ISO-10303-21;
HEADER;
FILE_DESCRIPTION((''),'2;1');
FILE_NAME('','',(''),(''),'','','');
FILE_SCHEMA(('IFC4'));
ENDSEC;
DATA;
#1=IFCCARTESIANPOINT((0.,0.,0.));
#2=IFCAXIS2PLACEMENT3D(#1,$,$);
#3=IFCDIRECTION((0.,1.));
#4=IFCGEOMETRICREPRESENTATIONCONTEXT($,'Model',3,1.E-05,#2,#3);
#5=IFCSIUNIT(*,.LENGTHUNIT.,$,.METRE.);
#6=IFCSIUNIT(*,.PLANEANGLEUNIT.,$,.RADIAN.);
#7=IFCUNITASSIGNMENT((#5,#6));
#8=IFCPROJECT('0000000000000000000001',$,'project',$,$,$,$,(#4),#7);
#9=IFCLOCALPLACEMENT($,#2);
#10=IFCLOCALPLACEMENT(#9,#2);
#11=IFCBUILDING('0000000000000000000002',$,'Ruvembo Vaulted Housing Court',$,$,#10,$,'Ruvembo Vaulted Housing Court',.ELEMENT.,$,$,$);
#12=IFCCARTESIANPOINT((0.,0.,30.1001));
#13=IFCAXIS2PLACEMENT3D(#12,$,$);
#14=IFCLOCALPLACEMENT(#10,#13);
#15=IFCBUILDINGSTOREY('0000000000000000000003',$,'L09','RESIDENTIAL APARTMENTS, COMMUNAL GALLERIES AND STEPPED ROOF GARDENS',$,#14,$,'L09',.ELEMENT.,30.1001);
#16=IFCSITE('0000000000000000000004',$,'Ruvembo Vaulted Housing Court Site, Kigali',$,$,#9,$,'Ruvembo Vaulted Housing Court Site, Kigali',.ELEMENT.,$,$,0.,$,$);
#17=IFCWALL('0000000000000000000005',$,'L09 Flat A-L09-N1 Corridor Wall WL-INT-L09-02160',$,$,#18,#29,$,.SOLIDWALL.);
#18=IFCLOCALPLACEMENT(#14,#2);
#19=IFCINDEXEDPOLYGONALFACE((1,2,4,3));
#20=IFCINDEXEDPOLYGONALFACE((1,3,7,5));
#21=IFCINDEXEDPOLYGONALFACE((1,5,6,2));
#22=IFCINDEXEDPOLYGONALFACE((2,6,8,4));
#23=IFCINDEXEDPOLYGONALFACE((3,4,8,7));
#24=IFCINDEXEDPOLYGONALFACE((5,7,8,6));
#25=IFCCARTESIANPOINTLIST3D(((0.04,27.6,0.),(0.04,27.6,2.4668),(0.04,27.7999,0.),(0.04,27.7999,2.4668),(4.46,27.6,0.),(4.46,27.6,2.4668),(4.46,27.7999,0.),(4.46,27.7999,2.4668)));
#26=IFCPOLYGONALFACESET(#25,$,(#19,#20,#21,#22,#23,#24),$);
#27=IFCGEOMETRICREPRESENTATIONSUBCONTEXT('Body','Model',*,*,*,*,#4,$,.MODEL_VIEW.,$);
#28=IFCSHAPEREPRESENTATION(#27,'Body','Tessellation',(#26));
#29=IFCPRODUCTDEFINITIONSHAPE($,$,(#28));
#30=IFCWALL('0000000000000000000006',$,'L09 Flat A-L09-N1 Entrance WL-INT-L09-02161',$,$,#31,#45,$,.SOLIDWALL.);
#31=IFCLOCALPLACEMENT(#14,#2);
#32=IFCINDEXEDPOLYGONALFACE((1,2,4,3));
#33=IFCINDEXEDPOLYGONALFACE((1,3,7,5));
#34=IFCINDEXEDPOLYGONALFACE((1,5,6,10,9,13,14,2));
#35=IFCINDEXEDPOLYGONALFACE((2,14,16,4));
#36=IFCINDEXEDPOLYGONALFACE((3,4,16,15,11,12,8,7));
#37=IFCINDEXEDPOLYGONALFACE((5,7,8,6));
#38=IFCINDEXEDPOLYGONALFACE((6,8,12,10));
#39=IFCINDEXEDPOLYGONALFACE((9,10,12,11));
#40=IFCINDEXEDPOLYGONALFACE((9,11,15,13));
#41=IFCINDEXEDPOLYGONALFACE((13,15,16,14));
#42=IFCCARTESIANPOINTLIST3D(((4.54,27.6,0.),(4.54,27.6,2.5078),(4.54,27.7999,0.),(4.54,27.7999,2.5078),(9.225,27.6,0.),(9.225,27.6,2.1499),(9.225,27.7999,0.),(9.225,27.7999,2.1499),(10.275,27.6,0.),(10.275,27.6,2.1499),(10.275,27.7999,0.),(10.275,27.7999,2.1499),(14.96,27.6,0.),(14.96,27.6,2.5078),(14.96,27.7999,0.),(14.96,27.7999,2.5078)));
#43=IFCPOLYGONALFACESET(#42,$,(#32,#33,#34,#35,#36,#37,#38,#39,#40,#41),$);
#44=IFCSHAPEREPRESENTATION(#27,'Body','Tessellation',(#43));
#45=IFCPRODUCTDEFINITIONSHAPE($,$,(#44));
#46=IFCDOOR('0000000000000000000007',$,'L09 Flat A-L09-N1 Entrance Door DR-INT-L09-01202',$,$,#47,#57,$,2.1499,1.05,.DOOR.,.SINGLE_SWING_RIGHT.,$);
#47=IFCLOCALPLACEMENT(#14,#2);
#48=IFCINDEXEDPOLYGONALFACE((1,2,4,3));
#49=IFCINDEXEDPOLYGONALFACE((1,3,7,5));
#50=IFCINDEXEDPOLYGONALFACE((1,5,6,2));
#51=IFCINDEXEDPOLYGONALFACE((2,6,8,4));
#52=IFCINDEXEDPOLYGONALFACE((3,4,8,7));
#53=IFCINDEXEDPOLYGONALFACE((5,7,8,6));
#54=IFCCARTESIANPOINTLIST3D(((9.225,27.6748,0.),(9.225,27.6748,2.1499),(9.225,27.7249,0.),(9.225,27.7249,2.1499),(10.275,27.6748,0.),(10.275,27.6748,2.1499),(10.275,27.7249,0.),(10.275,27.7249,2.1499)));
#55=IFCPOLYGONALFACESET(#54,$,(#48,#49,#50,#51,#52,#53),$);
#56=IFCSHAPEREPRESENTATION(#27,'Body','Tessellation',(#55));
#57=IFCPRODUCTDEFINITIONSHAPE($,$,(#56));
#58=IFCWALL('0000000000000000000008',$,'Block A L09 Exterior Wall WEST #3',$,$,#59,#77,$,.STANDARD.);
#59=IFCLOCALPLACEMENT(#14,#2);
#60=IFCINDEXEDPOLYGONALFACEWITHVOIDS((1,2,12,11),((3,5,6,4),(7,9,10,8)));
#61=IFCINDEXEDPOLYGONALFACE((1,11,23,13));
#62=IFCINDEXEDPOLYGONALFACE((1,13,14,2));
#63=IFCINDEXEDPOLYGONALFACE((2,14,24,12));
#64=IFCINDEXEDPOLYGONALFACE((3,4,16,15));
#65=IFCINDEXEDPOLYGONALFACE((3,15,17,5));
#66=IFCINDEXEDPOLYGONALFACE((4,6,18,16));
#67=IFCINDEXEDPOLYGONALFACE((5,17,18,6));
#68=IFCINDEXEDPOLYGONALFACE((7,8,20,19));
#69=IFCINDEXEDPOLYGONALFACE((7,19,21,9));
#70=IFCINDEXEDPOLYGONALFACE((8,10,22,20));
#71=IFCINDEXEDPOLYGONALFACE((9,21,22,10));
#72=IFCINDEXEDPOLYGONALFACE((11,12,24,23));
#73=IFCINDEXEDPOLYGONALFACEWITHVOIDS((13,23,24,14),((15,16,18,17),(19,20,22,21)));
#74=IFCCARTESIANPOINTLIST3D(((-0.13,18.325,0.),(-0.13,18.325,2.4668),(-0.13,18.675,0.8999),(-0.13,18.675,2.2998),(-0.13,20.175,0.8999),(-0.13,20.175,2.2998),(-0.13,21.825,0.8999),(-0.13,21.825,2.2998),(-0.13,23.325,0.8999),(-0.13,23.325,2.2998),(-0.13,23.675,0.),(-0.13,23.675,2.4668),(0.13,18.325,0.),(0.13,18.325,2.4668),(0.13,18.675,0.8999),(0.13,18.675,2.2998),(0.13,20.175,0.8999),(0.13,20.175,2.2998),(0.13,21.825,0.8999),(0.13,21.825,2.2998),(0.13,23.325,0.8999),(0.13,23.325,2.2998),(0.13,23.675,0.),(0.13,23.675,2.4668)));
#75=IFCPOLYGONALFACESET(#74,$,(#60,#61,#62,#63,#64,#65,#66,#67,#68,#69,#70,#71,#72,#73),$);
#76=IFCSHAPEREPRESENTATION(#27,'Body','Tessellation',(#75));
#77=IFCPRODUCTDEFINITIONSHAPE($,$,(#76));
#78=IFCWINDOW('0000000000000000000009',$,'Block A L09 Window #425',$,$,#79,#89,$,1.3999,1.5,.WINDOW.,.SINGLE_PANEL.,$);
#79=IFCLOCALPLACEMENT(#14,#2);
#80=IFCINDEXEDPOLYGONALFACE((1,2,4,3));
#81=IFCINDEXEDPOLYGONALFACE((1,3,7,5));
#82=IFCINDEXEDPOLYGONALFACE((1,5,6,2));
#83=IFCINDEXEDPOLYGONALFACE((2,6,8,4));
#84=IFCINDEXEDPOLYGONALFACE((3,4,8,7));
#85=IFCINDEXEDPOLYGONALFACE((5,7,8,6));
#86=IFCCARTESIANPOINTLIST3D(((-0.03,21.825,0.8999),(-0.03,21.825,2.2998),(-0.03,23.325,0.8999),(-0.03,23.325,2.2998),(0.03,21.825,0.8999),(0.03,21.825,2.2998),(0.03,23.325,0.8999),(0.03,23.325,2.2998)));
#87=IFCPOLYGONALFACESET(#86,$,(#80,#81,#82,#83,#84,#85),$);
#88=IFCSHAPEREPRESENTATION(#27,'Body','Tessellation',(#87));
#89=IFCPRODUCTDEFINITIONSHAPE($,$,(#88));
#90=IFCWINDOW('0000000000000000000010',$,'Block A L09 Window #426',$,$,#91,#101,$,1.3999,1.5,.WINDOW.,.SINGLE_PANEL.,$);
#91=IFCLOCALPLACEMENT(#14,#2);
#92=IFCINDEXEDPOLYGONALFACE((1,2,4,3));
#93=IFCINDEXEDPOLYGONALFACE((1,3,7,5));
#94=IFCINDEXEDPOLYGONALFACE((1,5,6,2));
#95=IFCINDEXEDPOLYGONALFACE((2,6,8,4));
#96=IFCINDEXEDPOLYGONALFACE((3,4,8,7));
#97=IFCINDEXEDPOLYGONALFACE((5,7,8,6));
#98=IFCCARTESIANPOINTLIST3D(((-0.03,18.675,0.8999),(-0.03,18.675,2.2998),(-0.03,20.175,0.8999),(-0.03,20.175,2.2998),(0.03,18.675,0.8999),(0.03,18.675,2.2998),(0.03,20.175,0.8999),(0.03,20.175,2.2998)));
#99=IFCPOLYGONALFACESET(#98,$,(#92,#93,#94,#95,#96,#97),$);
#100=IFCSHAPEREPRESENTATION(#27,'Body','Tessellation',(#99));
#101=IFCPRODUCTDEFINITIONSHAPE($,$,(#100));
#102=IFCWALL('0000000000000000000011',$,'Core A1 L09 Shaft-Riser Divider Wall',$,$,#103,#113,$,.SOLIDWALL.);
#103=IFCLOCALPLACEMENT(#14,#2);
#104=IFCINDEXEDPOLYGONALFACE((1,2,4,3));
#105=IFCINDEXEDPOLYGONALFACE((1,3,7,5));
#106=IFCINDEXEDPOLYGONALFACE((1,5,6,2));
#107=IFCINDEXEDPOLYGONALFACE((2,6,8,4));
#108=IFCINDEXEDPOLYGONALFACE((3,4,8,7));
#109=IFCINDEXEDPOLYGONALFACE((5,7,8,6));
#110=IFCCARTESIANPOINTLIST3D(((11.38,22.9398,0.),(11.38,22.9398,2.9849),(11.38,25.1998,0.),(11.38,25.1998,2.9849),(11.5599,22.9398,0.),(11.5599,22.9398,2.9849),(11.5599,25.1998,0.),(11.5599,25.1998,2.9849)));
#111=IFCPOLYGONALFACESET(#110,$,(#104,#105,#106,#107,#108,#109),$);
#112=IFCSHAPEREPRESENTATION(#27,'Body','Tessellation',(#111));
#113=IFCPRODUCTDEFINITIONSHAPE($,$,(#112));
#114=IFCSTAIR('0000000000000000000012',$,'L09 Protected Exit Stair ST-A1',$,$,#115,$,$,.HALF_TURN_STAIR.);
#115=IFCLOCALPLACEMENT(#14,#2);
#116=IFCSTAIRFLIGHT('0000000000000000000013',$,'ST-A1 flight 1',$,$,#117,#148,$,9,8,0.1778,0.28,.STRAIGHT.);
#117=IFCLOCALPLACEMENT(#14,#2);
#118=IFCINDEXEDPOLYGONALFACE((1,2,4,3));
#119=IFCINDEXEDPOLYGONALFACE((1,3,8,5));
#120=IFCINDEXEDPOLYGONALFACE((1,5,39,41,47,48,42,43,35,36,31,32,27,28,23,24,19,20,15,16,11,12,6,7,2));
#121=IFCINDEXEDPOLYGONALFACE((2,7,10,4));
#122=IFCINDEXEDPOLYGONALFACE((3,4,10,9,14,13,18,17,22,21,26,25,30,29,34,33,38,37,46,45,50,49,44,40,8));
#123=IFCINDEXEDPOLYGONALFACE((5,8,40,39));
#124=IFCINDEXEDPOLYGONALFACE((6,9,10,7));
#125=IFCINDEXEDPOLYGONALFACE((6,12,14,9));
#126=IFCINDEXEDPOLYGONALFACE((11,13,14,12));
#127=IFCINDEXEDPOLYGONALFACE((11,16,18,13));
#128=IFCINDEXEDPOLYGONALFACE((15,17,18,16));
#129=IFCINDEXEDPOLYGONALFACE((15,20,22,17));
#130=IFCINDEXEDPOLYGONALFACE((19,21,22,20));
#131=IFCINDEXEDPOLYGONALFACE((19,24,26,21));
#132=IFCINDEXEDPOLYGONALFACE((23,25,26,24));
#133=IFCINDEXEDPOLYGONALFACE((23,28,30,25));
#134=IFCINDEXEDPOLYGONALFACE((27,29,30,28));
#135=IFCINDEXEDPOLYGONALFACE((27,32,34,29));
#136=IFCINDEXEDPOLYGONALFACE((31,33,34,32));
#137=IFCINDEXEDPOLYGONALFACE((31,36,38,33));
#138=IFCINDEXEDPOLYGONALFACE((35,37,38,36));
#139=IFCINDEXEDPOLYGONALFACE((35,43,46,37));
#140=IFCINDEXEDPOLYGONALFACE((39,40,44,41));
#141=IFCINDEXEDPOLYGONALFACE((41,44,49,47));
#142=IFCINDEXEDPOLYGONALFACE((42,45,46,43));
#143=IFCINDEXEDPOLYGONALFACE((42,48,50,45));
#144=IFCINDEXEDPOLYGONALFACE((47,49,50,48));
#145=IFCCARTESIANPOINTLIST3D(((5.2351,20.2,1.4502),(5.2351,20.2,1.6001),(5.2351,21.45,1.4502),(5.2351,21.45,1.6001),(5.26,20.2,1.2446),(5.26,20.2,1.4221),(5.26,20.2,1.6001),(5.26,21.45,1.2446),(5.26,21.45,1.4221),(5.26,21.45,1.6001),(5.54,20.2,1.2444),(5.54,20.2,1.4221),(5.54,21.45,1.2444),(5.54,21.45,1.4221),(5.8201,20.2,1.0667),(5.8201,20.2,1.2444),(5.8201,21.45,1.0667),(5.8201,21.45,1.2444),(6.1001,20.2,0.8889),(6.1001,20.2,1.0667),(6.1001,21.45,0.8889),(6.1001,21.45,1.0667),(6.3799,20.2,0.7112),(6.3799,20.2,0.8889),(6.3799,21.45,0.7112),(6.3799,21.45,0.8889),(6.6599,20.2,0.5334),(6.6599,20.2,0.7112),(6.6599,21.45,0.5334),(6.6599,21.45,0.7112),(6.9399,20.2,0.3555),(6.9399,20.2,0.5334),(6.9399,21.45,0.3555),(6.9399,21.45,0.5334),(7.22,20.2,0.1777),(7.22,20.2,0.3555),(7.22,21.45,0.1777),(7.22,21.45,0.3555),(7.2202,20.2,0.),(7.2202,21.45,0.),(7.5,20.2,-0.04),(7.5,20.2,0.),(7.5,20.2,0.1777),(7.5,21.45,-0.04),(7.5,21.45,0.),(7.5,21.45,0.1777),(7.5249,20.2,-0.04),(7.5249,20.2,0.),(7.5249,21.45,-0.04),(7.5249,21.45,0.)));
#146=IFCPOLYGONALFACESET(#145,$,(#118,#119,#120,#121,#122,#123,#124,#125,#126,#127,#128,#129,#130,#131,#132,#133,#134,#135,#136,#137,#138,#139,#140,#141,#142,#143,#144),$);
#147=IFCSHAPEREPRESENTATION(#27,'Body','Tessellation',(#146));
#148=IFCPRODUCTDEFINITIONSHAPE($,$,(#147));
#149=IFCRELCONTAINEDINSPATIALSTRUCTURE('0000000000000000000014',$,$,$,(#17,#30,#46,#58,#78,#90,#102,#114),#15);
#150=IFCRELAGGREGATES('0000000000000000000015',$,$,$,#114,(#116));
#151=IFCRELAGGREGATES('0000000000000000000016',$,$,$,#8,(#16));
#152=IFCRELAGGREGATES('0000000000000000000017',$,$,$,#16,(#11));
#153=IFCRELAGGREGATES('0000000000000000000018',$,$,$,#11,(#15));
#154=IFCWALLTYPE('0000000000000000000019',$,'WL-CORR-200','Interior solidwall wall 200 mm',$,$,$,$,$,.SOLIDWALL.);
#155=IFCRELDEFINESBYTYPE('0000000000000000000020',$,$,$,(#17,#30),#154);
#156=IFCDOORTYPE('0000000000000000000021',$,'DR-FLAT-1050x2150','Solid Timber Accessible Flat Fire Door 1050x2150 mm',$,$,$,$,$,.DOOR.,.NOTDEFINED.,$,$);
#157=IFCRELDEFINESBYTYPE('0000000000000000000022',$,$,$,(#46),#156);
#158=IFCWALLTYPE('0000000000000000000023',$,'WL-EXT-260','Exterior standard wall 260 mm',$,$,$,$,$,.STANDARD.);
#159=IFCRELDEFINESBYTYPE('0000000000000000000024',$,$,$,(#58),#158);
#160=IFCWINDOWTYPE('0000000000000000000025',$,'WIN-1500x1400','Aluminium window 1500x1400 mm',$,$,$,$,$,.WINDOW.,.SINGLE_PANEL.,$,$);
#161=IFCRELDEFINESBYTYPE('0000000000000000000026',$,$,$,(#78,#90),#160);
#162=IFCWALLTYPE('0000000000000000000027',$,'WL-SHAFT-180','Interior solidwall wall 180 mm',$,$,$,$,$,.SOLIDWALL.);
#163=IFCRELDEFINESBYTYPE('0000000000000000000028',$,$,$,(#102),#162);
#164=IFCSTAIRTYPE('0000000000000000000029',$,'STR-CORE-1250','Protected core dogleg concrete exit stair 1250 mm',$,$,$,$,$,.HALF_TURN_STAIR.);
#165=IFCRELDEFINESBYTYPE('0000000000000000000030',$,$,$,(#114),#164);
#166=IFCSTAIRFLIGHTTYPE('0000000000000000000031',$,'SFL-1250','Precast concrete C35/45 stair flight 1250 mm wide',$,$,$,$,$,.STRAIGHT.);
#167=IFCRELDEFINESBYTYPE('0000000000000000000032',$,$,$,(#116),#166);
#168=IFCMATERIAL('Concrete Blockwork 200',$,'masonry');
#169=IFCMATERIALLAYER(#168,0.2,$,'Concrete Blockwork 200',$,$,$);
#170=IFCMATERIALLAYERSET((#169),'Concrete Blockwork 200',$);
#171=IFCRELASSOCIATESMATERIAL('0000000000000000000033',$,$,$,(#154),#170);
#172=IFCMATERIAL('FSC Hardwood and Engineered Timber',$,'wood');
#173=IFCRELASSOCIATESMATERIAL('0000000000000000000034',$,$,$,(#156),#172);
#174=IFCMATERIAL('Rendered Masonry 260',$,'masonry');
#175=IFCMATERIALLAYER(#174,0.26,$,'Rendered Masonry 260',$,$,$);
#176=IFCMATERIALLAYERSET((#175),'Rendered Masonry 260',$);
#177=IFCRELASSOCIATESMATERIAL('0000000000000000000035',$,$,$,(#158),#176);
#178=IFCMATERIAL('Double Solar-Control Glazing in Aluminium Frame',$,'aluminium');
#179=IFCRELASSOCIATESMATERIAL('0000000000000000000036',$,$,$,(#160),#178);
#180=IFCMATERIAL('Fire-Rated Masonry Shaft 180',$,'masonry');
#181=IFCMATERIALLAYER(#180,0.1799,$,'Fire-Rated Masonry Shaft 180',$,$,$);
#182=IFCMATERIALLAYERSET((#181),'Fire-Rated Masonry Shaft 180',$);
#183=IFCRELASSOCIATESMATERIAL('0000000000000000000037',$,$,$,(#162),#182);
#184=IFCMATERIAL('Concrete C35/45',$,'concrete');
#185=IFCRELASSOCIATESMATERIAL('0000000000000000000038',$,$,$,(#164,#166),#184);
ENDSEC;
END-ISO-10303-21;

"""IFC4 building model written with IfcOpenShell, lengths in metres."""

from ifc_helpers import new_model, si_unit, direction, frame, frame_2d, origin, place, context, subcontext, project, spatial, polyline, rectangle, outline, extrude, material, layer, layer_set, type_object, element, fill, aggregate, save


model = new_model("IFC4")

# Units and contexts
model_context = context("Model", 3, precision=1e-05, world=origin(), true_north=direction((0.0, 1.0)))
body_context = subcontext(model_context, "Body", "Model", "MODEL_VIEW")
ifc_project = project(units=[si_unit("LENGTHUNIT", "METRE"), si_unit("PLANEANGLEUNIT", "RADIAN")], contexts=[model_context])

# Site, building, storey
site_placement = place(None, origin())
site = spatial("IfcSite", under=ifc_project, at=site_placement, Name="Ruvembo Vaulted Housing Court Site, Kigali", LongName="Ruvembo Vaulted Housing Court Site, Kigali", CompositionType="ELEMENT", RefElevation=0.0)
building_placement = place(site_placement, origin())
building = spatial("IfcBuilding", under=site, at=building_placement, Name="Ruvembo Vaulted Housing Court", LongName="Ruvembo Vaulted Housing Court", CompositionType="ELEMENT")
storey_placement = place(building_placement, frame((0.0, 0.0, 30.1001)))
storey = spatial("IfcBuildingStorey", under=building, at=storey_placement, Name="L09", Description="RESIDENTIAL APARTMENTS, COMMUNAL GALLERIES AND STEPPED ROOF GARDENS", LongName="L09", CompositionType="ELEMENT", Elevation=30.1001)

# Shared definitions
ifc_material_1 = material(Name="Concrete C35/45", Category="concrete")

# Wall
ifc_material_2 = material(Name="Concrete Blockwork 200", Category="masonry")
ifc_layer_1 = layer(ifc_material_2, 0.2, Name="Concrete Blockwork 200")
ifc_layer_set_1 = layer_set([ifc_layer_1], Name="Concrete Blockwork 200")
wall_type_1 = type_object("IfcWallType", Name="WL-CORR-200", Description="Interior solidwall wall 200 mm", PredefinedType="SOLIDWALL", material=ifc_layer_set_1)
wall_1_placement = place(storey_placement, frame((0.04, 27.7, 0.0), z_axis=(0.0, 0.0, 1.0), x_axis=(1.0, 0.0, 0.0)))
element("IfcWall", 1, at=wall_1_placement, inside=storey, type_object=wall_type_1, Name="L09 Flat A-L09-N1 Corridor Wall WL-INT-L09-02160", PredefinedType="SOLIDWALL", context=body_context, shape_type="SweptSolid", body=[
    extrude(rectangle(XDim=4.4199, YDim=0.2, at=frame_2d((2.21, 0.0))), origin(), (0.0, 0.0, 1.0), 2.4668),
])

# Wall, opening, door
wall_2_placement = place(storey_placement, frame((4.54, 27.7, 0.0), z_axis=(0.0, 0.0, 1.0), x_axis=(1.0, 0.0, 0.0)))
wall_2 = element("IfcWall", 2, at=wall_2_placement, inside=storey, type_object=wall_type_1, Name="L09 Flat A-L09-N1 Entrance WL-INT-L09-02161", PredefinedType="SOLIDWALL", context=body_context, shape_type="SweptSolid", body=[
    extrude(rectangle(XDim=10.4199, YDim=0.2, at=frame_2d((5.21, 0.0))), origin(), (0.0, 0.0, 1.0), 2.5078),
])
opening_1_placement = place(wall_2_placement, frame((4.6851, 0.0, 0.0)))
opening_1 = element("IfcOpeningElement", 3, at=opening_1_placement, cuts=wall_2, PredefinedType="OPENING", context=body_context, shape_type="SweptSolid", body=[
    extrude(rectangle(XDim=1.05, YDim=2.1499, at=frame_2d((0.5249, 1.075))), frame((0.0, 0.1099, 0.0), z_axis=(0.0, -1.0, 0.0), x_axis=(1.0, 0.0, 0.0)), (0.0, 0.0, 1.0), 0.22),
])
ifc_material_3 = material(Name="FSC Hardwood and Engineered Timber", Category="wood")
door_type_1 = type_object("IfcDoorType", Name="DR-FLAT-1050x2150", Description="Solid Timber Accessible Flat Fire Door 1050x2150 mm", OperationType="NOTDEFINED", PredefinedType="DOOR", material=ifc_material_3)
door_1_placement = place(opening_1_placement, origin())
door_1 = element("IfcDoor", 4, at=door_1_placement, inside=storey, type_object=door_type_1, Name="L09 Flat A-L09-N1 Entrance Door DR-INT-L09-01202", OperationType="SINGLE_SWING_RIGHT", OverallHeight=2.1499, OverallWidth=1.05, PredefinedType="DOOR", context=body_context, shape_type="SweptSolid", body=[
    extrude(rectangle(XDim=1.05, YDim=2.1499, at=frame_2d((0.5249, 1.075))), frame((0.0, 0.0249, 0.0), z_axis=(0.0, -1.0, 0.0), x_axis=(1.0, 0.0, 0.0)), (0.0, 0.0, 1.0), 0.05),
])
fill(opening_1, door_1)

# Wall, openings, windows
ifc_material_4 = material(Name="Rendered Masonry 260", Category="masonry")
ifc_layer_2 = layer(ifc_material_4, 0.26, Name="Rendered Masonry 260")
ifc_layer_set_2 = layer_set([ifc_layer_2], Name="Rendered Masonry 260")
wall_type_2 = type_object("IfcWallType", Name="WL-EXT-260", Description="Exterior standard wall 260 mm", PredefinedType="STANDARD", material=ifc_layer_set_2)
wall_3_placement = place(storey_placement, frame((0.0, 23.675, 0.0), z_axis=(0.0, 0.0, 1.0), x_axis=(0.0, -1.0, 0.0)))
wall_3 = element("IfcWall", 5, at=wall_3_placement, inside=storey, type_object=wall_type_2, Name="Block A L09 Exterior Wall WEST #3", PredefinedType="STANDARD", context=body_context, shape_type="SweptSolid", body=[
    extrude(rectangle(XDim=5.3501, YDim=0.26, at=frame_2d((2.675, 0.0))), origin(), (0.0, 0.0, 1.0), 2.4668),
])
opening_2_placement = place(wall_3_placement, frame((0.3501, 0.0, 0.8999)))
opening_2 = element("IfcOpeningElement", 6, at=opening_2_placement, cuts=wall_3, PredefinedType="OPENING", context=body_context, shape_type="SweptSolid", body=[
    extrude(rectangle(XDim=1.5, YDim=1.3999, at=frame_2d((0.75, 0.7))), frame((0.0, 0.1399, 0.0), z_axis=(0.0, -1.0, 0.0), x_axis=(1.0, 0.0, 0.0)), (0.0, 0.0, 1.0), 0.28),
])
opening_3_placement = place(wall_3_placement, frame((3.5, 0.0, 0.8999)))
opening_3 = element("IfcOpeningElement", 7, at=opening_3_placement, cuts=wall_3, PredefinedType="OPENING", context=body_context, shape_type="SweptSolid", body=[
    extrude(rectangle(XDim=1.5, YDim=1.3999, at=frame_2d((0.75, 0.7))), frame((0.0, 0.1399, 0.0), z_axis=(0.0, -1.0, 0.0), x_axis=(1.0, 0.0, 0.0)), (0.0, 0.0, 1.0), 0.28),
])
ifc_material_5 = material(Name="Double Solar-Control Glazing in Aluminium Frame", Category="aluminium")
window_type = type_object("IfcWindowType", Name="WIN-1500x1400", Description="Aluminium window 1500x1400 mm", PartitioningType="SINGLE_PANEL", PredefinedType="WINDOW", material=ifc_material_5)
window_1_placement = place(opening_2_placement, origin())
window_1 = element("IfcWindow", 8, at=window_1_placement, inside=storey, type_object=window_type, Name="Block A L09 Window #425", OverallHeight=1.3999, OverallWidth=1.5, PartitioningType="SINGLE_PANEL", PredefinedType="WINDOW", context=body_context, shape_type="SweptSolid", body=[
    extrude(rectangle(XDim=1.5, YDim=1.3999, at=frame_2d((0.75, 0.7))), frame((0.0, 0.03, 0.0), z_axis=(0.0, -1.0, 0.0), x_axis=(1.0, 0.0, 0.0)), (0.0, 0.0, 1.0), 0.0601),
])
fill(opening_2, window_1)
window_2_placement = place(opening_3_placement, origin())
window_2 = element("IfcWindow", 9, at=window_2_placement, inside=storey, type_object=window_type, Name="Block A L09 Window #426", OverallHeight=1.3999, OverallWidth=1.5, PartitioningType="SINGLE_PANEL", PredefinedType="WINDOW", context=body_context, shape_type="SweptSolid", body=[
    extrude(rectangle(XDim=1.5, YDim=1.3999, at=frame_2d((0.75, 0.7))), frame((0.0, 0.03, 0.0), z_axis=(0.0, -1.0, 0.0), x_axis=(1.0, 0.0, 0.0)), (0.0, 0.0, 1.0), 0.0601),
])
fill(opening_3, window_2)

# Shared definitions
ifc_material_6 = material(Name="Fire-Rated Masonry Shaft 180", Category="masonry")
ifc_layer_3 = layer(ifc_material_6, 0.1799, Name="Fire-Rated Masonry Shaft 180")
ifc_layer_set_3 = layer_set([ifc_layer_3], Name="Fire-Rated Masonry Shaft 180")
wall_type_3 = type_object("IfcWallType", Name="WL-SHAFT-180", Description="Interior solidwall wall 180 mm", PredefinedType="SOLIDWALL", material=ifc_layer_set_3)

# Wall
wall_4_placement = place(storey_placement, frame((11.47, 22.9399, 0.0), z_axis=(0.0, 0.0, 1.0), x_axis=(0.0, 1.0, 0.0)))
element("IfcWall", 10, at=wall_4_placement, inside=storey, type_object=wall_type_3, Name="Core A1 L09 Shaft-Riser Divider Wall", PredefinedType="SOLIDWALL", context=body_context, shape_type="SweptSolid", body=[
    extrude(rectangle(XDim=2.26, YDim=0.1799, at=frame_2d((1.1299, 0.0))), origin(), (0.0, 0.0, 1.0), 2.9849),
])

# Stair, stair flight
stair_type = type_object("IfcStairType", Name="STR-CORE-1250", Description="Protected core dogleg concrete exit stair 1250 mm", PredefinedType="HALF_TURN_STAIR", material=ifc_material_1)
stair_placement = place(storey_placement, origin())
stair = element("IfcStair", 11, at=stair_placement, inside=storey, type_object=stair_type, Name="L09 Protected Exit Stair ST-A1", PredefinedType="HALF_TURN_STAIR")
stair_flight_type = type_object("IfcStairFlightType", Name="SFL-1250", Description="Precast concrete C35/45 stair flight 1250 mm wide", PredefinedType="STRAIGHT", material=ifc_material_1)
stair_flight_1_placement = place(storey_placement, frame((7.5, 20.825, 0.0), z_axis=(0.0, 0.0, 1.0), x_axis=(-1.0, 0.0, 0.0)))
stair_flight_1 = element("IfcStairFlight", 12, at=stair_flight_1_placement, type_object=stair_flight_type, Name="ST-A1 flight 1", NumberOfRisers=9, NumberOfTreads=8, PredefinedType="STRAIGHT", RiserHeight=0.1778, TreadLength=0.28, context=body_context, shape_type="SweptSolid", body=[
    extrude(outline(polyline([(-0.0249, -0.04), (-0.0249, 0.0), (0.0, 0.0), (0.0, 0.1777), (0.28, 0.1777), (0.28, 0.3555), (0.5601, 0.3555), (0.5601, 0.5334), (0.8401, 0.5334), (0.8401, 0.7112), (1.1201, 0.7112), (1.1201, 0.8889), (1.3999, 0.8889), (1.3999, 1.0667), (1.6799, 1.0667), (1.6799, 1.2444), (1.96, 1.2444), (1.96, 1.4221), (2.24, 1.4221), (2.24, 1.6001), (2.2649, 1.6001), (2.2649, 1.4502), (2.24, 1.2446), (0.2798, 0.0), (0.0, -0.04), (-0.0249, -0.04)])), frame((0.0, 0.625, 0.0), z_axis=(0.0, -1.0, 0.0), x_axis=(1.0, 0.0, 0.0)), (0.0, 0.0, 1.0), 1.25),
])
aggregate(stair, [stair_flight_1])

save(model, "model.ifc")
